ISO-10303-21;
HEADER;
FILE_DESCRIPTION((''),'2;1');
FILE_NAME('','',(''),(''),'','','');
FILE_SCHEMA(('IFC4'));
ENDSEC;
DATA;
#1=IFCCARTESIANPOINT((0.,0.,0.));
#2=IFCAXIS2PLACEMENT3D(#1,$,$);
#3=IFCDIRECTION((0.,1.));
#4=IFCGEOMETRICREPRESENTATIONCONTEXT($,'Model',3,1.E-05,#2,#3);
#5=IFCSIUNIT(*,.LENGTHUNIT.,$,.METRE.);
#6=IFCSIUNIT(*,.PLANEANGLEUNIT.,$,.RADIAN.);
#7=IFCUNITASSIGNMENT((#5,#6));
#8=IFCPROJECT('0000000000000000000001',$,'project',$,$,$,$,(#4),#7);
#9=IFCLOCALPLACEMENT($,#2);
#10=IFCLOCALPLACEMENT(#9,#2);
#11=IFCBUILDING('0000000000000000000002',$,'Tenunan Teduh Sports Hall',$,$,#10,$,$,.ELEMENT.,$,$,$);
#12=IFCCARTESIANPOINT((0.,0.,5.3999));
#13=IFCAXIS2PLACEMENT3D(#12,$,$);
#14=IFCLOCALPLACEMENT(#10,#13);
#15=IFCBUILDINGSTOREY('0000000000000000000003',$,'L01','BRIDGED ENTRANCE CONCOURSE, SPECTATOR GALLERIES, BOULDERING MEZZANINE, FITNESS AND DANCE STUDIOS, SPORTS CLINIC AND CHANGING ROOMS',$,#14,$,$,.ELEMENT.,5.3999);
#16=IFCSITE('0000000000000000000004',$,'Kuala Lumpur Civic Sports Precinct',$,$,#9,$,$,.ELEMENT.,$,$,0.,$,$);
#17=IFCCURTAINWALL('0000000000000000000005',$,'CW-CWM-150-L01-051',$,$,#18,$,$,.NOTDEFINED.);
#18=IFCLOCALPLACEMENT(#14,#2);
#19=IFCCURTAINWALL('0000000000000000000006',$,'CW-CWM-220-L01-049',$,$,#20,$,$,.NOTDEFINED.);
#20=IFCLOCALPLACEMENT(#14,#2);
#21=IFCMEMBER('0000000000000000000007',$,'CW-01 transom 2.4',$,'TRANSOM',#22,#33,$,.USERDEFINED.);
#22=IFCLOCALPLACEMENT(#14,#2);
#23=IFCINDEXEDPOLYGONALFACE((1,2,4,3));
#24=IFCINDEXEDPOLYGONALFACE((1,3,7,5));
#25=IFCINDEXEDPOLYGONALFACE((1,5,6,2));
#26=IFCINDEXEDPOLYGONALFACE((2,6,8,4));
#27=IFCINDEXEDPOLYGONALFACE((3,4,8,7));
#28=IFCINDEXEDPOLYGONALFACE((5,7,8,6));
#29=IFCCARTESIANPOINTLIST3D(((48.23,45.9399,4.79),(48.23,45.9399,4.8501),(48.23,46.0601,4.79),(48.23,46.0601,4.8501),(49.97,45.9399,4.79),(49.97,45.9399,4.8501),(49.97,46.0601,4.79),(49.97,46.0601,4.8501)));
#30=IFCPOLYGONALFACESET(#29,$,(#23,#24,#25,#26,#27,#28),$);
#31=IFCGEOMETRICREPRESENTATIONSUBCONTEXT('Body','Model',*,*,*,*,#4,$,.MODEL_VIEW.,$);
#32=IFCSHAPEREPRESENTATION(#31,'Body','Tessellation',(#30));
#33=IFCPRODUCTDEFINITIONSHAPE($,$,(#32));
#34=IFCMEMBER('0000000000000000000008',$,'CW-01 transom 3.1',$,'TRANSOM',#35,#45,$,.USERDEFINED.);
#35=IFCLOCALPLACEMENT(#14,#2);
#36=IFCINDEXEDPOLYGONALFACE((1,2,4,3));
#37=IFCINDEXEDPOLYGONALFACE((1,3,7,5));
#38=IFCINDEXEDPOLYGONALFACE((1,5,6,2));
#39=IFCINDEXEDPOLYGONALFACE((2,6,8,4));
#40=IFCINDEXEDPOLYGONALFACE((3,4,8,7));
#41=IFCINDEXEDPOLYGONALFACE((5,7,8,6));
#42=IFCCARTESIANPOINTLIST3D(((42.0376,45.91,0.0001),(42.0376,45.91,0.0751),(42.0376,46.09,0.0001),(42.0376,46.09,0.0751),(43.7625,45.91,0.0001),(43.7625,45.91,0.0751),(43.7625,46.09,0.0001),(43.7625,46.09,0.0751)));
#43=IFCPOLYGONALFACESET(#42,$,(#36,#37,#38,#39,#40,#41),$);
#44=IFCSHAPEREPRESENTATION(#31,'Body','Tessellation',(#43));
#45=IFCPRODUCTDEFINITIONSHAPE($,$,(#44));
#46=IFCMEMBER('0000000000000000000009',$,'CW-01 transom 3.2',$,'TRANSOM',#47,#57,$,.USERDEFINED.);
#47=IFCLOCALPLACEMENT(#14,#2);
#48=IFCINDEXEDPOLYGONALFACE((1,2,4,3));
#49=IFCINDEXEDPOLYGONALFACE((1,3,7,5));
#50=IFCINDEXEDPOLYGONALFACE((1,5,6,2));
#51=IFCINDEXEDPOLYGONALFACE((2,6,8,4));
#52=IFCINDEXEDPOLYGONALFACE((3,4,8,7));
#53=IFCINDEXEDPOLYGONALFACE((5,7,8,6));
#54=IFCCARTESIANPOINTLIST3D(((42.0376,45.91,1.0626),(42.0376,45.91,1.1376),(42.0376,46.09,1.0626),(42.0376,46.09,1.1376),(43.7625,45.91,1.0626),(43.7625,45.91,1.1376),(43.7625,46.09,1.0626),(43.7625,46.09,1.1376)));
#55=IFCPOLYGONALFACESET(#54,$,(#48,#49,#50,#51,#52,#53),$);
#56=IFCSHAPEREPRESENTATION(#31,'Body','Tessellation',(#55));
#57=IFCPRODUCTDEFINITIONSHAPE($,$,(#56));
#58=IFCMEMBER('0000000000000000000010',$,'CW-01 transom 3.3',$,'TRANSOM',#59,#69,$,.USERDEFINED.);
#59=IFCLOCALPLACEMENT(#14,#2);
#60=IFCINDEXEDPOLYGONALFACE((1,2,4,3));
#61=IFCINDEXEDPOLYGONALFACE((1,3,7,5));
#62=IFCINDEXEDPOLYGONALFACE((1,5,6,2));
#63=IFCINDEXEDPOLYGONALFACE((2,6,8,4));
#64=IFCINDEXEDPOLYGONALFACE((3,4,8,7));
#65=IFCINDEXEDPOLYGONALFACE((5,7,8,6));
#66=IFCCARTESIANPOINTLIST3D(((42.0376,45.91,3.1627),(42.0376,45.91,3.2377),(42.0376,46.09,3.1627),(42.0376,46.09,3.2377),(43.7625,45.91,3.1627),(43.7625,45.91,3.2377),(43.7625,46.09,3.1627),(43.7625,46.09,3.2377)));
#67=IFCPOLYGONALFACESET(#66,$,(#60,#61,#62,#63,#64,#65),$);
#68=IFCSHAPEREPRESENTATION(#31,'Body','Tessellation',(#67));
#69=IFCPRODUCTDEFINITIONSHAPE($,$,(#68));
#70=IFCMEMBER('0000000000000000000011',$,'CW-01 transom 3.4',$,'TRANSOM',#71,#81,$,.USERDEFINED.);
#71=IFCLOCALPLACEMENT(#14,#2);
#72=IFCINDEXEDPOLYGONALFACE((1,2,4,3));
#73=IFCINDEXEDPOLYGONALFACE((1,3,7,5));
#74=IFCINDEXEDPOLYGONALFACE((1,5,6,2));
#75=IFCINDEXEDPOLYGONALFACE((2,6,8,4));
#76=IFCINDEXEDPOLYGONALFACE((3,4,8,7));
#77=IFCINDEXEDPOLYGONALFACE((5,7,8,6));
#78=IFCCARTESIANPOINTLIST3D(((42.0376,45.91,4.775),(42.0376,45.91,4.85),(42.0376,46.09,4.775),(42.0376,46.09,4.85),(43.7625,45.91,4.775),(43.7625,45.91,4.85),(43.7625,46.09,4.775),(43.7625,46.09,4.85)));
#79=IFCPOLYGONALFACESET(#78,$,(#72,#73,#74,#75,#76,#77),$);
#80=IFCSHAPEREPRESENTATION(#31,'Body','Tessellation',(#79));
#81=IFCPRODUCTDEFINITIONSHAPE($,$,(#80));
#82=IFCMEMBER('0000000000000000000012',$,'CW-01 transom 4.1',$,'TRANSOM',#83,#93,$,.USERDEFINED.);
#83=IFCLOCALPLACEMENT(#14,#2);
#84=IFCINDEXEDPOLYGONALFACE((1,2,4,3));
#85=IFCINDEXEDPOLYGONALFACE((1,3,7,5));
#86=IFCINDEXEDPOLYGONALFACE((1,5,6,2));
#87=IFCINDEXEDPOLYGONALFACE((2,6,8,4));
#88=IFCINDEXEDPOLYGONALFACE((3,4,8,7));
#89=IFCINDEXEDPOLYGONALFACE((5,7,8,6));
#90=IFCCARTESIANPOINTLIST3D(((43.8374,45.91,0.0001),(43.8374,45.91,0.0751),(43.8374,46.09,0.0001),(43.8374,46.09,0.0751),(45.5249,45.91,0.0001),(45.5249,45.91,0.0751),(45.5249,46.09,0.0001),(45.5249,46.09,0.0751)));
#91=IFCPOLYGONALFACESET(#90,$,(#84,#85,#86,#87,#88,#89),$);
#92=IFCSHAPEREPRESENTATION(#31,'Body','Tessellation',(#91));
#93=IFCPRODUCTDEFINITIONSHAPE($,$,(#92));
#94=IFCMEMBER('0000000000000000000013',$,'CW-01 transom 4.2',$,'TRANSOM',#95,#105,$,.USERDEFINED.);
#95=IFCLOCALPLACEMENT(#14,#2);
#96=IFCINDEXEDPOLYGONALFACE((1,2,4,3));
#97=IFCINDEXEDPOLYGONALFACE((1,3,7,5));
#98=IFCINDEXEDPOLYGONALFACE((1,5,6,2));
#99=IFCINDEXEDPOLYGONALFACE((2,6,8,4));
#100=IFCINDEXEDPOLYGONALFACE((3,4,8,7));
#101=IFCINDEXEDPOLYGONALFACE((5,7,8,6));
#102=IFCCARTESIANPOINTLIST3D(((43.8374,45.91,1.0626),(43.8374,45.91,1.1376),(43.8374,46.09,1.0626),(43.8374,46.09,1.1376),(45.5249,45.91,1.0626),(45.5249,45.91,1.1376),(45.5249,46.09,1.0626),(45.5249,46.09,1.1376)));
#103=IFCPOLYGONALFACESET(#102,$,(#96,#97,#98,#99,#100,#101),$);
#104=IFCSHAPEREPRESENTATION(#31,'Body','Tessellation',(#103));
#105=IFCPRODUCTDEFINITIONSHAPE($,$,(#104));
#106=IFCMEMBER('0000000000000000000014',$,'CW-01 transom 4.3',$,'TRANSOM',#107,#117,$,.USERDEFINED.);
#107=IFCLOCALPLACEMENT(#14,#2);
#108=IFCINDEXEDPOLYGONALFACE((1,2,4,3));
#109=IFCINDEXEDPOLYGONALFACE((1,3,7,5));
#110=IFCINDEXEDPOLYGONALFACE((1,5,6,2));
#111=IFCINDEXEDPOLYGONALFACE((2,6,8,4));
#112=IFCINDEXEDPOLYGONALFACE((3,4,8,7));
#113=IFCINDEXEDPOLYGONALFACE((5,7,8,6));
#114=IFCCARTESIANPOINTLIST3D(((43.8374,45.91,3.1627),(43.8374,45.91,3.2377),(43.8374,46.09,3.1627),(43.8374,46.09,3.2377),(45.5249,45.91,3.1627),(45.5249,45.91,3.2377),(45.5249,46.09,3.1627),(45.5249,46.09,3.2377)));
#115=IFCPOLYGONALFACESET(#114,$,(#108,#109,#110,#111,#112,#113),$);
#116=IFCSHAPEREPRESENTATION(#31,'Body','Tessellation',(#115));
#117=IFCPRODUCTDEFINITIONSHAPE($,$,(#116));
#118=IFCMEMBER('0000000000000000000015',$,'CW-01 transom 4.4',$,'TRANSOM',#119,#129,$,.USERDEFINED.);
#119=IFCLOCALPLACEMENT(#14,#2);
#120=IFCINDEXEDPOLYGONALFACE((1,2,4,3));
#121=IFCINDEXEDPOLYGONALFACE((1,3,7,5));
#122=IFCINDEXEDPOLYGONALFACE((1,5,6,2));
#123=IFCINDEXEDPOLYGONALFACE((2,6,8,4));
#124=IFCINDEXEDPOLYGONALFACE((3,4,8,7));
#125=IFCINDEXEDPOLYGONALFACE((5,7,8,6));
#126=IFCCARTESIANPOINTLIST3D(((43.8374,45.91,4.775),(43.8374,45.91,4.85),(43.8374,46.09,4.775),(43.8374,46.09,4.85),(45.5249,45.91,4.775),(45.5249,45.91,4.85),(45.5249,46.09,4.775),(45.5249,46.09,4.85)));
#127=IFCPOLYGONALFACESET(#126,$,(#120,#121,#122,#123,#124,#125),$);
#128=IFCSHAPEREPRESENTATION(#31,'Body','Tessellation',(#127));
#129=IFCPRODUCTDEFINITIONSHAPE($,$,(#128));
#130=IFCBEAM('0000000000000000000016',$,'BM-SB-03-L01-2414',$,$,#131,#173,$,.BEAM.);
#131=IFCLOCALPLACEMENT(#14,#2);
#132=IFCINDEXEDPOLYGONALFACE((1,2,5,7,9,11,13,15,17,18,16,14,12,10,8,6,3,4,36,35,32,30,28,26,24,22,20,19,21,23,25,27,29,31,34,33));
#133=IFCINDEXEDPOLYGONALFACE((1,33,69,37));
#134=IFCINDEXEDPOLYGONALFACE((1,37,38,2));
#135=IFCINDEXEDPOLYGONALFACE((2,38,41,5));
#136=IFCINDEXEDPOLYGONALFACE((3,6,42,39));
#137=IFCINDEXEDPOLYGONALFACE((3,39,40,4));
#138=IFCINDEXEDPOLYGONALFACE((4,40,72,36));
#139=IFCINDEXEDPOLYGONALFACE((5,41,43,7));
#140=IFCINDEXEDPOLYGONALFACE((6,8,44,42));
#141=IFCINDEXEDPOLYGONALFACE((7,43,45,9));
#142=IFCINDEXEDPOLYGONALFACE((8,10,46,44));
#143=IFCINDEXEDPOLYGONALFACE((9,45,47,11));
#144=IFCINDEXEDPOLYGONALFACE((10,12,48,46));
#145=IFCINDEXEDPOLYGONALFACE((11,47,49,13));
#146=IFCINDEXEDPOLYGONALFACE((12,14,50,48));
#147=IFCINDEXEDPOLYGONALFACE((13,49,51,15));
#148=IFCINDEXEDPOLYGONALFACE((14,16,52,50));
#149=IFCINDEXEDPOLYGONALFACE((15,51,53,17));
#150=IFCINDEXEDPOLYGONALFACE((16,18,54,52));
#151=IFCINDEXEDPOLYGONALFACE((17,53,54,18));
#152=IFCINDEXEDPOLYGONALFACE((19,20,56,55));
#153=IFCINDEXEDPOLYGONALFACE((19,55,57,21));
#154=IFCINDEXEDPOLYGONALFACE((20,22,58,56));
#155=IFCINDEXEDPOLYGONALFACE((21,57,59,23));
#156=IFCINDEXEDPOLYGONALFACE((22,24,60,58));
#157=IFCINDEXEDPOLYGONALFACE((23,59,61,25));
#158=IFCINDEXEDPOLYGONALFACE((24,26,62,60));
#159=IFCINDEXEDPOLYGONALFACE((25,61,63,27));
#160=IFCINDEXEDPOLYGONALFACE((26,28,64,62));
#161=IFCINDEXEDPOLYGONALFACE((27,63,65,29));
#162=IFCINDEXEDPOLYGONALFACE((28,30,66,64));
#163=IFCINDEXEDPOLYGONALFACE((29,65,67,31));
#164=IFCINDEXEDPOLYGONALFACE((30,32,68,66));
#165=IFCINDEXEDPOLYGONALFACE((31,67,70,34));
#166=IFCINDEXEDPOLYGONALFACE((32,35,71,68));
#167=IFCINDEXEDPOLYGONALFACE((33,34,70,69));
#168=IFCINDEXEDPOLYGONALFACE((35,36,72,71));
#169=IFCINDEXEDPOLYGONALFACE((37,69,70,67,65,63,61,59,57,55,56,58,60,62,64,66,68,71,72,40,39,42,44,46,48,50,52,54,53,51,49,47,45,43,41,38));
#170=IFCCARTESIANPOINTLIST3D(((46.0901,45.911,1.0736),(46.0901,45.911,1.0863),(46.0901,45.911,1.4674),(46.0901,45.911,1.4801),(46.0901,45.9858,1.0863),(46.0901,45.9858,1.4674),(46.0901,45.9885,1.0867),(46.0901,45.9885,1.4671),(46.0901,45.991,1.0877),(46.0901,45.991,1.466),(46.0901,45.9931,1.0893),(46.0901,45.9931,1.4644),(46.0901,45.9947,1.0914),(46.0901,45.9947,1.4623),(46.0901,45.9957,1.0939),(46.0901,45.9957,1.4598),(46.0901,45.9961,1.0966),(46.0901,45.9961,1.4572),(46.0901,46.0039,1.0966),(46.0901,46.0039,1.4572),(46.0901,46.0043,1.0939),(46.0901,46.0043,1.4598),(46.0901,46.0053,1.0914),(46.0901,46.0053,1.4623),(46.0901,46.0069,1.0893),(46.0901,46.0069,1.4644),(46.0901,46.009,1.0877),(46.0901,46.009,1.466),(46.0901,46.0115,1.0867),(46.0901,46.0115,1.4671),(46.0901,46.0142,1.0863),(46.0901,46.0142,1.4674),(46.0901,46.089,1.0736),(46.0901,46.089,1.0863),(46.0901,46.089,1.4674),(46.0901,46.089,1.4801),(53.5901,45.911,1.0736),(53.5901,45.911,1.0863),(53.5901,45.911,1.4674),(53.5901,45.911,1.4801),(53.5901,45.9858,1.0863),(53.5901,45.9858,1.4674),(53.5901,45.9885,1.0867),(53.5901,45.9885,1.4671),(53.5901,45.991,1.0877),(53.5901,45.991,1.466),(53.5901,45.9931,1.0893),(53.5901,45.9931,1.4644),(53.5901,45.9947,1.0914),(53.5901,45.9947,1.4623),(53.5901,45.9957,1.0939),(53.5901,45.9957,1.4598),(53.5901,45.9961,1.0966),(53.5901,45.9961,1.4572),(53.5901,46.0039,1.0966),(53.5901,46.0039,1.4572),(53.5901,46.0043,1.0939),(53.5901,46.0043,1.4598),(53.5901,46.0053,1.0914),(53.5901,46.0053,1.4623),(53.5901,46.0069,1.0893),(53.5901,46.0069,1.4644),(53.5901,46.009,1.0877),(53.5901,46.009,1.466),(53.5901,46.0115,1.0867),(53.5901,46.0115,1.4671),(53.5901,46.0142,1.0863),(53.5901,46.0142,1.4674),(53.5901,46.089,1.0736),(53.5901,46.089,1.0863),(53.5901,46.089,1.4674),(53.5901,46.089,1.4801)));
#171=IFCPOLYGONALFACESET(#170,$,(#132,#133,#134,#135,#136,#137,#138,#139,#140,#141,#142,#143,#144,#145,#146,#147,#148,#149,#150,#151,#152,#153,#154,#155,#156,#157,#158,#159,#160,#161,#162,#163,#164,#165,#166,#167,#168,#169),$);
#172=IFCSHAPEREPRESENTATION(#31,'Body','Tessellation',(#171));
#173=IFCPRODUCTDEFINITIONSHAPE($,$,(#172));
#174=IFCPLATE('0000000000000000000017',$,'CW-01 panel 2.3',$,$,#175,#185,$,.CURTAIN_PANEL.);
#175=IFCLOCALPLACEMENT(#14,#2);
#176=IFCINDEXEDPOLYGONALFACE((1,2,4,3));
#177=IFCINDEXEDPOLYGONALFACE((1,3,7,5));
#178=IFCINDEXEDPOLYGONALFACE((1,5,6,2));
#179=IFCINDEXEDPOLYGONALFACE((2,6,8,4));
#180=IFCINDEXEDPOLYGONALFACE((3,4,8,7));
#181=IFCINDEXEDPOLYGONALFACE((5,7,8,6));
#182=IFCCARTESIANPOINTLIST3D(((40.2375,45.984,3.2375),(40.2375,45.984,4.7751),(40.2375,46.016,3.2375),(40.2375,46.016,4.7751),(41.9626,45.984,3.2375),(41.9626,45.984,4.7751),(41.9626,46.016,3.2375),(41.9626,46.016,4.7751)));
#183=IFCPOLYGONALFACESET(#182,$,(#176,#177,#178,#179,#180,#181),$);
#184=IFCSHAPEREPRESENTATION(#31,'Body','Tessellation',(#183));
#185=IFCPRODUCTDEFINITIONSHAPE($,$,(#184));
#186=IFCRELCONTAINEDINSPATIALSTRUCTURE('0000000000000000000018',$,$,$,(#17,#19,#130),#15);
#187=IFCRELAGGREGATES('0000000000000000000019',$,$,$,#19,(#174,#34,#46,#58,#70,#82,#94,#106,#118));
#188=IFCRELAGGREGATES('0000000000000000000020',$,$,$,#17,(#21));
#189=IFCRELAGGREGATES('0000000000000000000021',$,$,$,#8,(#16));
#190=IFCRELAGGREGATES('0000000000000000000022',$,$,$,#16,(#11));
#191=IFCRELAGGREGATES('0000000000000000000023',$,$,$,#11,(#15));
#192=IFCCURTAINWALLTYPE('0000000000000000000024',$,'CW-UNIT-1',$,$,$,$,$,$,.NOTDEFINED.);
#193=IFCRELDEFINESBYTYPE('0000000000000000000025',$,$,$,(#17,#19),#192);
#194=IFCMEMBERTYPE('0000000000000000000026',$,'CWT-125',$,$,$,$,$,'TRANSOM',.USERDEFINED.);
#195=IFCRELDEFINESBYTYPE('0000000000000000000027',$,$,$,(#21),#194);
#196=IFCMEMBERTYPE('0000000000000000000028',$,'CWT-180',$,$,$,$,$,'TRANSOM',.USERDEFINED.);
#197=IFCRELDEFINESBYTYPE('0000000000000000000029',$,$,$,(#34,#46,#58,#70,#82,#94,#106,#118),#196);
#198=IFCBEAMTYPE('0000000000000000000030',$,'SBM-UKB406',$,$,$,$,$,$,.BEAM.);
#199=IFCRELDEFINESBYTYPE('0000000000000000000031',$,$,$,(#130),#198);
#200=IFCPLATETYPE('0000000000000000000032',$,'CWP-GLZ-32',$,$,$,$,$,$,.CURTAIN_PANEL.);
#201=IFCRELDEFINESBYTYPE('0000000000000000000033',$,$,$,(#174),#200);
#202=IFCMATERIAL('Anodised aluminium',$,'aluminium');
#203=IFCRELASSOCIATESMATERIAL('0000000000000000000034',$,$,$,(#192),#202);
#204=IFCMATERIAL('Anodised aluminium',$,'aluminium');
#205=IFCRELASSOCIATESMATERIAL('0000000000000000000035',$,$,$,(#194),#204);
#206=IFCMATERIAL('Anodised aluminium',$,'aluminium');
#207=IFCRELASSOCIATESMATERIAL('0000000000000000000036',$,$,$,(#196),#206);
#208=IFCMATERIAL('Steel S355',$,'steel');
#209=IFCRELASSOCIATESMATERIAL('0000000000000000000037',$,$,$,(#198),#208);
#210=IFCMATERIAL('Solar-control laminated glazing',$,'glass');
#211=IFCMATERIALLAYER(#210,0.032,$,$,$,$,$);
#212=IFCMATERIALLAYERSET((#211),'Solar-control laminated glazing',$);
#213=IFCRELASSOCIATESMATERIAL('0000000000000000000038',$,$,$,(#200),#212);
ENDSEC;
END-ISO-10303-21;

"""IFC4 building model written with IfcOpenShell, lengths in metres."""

from ifc_helpers import new_model, si_unit, direction, frame, origin, origin_2d, place, context, subcontext, project, spatial, rectangle, i_section, extrude, material, layer, layer_set, material_profile, profile_set, type_object, element, aggregate, save


model = new_model("IFC4")

# Units and contexts
model_context = context("Model", 3, precision=1e-05, world=origin(), true_north=direction((0.0, 1.0)))
body_context = subcontext(model_context, "Body", "Model", "MODEL_VIEW")
ifc_project = project(units=[si_unit("LENGTHUNIT", "METRE"), si_unit("PLANEANGLEUNIT", "RADIAN")], contexts=[model_context])

# Site, building, storey
site_placement = place(None, origin())
site = spatial("IfcSite", under=ifc_project, at=site_placement, Name="Kuala Lumpur Civic Sports Precinct", CompositionType="ELEMENT", RefElevation=0.0)
building_placement = place(site_placement, origin())
building = spatial("IfcBuilding", under=site, at=building_placement, Name="Tenunan Teduh Sports Hall", CompositionType="ELEMENT")
storey_placement = place(building_placement, frame((0.0, 0.0, 5.3999)))
storey = spatial("IfcBuildingStorey", under=building, at=storey_placement, Name="L01", Description="BRIDGED ENTRANCE CONCOURSE, SPECTATOR GALLERIES, BOULDERING MEZZANINE, FITNESS AND DANCE STUDIOS, SPORTS CLINIC AND CHANGING ROOMS", CompositionType="ELEMENT", Elevation=5.3999)

# Curtain walls
ifc_material_1 = material(Name="Anodised aluminium", Category="aluminium")
curtain_wall_type = type_object("IfcCurtainWallType", Name="CW-UNIT-1", PredefinedType="NOTDEFINED", material=ifc_material_1)
curtain_wall_1_placement = place(storey_placement, origin())
curtain_wall_1 = element("IfcCurtainWall", 1, at=curtain_wall_1_placement, inside=storey, type_object=curtain_wall_type, Name="CW-CWM-150-L01-051", PredefinedType="NOTDEFINED")
curtain_wall_2_placement = place(storey_placement, origin())
curtain_wall_2 = element("IfcCurtainWall", 2, at=curtain_wall_2_placement, inside=storey, type_object=curtain_wall_type, Name="CW-CWM-220-L01-049", PredefinedType="NOTDEFINED")

# Members
ifc_material_2 = material(Name="Anodised aluminium", Category="aluminium")
ifc_material_profile_1 = material_profile(ifc_material_2, rectangle(XDim=0.0601, YDim=0.1201, at=origin_2d()), Name="CWT 60x120")
ifc_profile_set_1 = profile_set([ifc_material_profile_1], Name="Anodised aluminium")
member_type_1 = type_object("IfcMemberType", Name="CWT-125", ElementType="TRANSOM", PredefinedType="USERDEFINED", material=ifc_profile_set_1)
member_1_placement = place(storey_placement, frame((48.23, 46.0, 4.8201), z_axis=(1.0, 0.0, 0.0), x_axis=(0.0, 0.0, 1.0)))
member_1 = element("IfcMember", 3, at=member_1_placement, type_object=member_type_1, Name="CW-01 transom 2.4", ObjectType="TRANSOM", PredefinedType="USERDEFINED", context=body_context, shape_type="SweptSolid", body=[
    extrude(rectangle(XDim=0.0601, YDim=0.1201, at=origin_2d()), origin(), (0.0, 0.0, 1.0), 1.74),
])
ifc_material_3 = material(Name="Anodised aluminium", Category="aluminium")
ifc_material_profile_2 = material_profile(ifc_material_3, rectangle(XDim=0.075, YDim=0.1799, at=origin_2d()), Name="CWT 75x180")
ifc_profile_set_2 = profile_set([ifc_material_profile_2], Name="Anodised aluminium")
member_type_2 = type_object("IfcMemberType", Name="CWT-180", ElementType="TRANSOM", PredefinedType="USERDEFINED", material=ifc_profile_set_2)
member_2_placement = place(storey_placement, frame((42.0376, 46.0, 0.0376), z_axis=(1.0, 0.0, 0.0), x_axis=(0.0, 0.0, 1.0)))
member_2 = element("IfcMember", 4, at=member_2_placement, type_object=member_type_2, Name="CW-01 transom 3.1", ObjectType="TRANSOM", PredefinedType="USERDEFINED", context=body_context, shape_type="SweptSolid", body=[
    extrude(rectangle(XDim=0.075, YDim=0.1799, at=origin_2d()), origin(), (0.0, 0.0, 1.0), 1.7249),
])
member_3_placement = place(storey_placement, frame((42.0376, 46.0, 1.1001), z_axis=(1.0, 0.0, 0.0), x_axis=(0.0, 0.0, 1.0)))
member_3 = element("IfcMember", 5, at=member_3_placement, type_object=member_type_2, Name="CW-01 transom 3.2", ObjectType="TRANSOM", PredefinedType="USERDEFINED", context=body_context, shape_type="SweptSolid", body=[
    extrude(rectangle(XDim=0.075, YDim=0.1799, at=origin_2d()), origin(), (0.0, 0.0, 1.0), 1.7249),
])
member_4_placement = place(storey_placement, frame((42.0376, 46.0, 3.2002), z_axis=(1.0, 0.0, 0.0), x_axis=(0.0, 0.0, 1.0)))
member_4 = element("IfcMember", 6, at=member_4_placement, type_object=member_type_2, Name="CW-01 transom 3.3", ObjectType="TRANSOM", PredefinedType="USERDEFINED", context=body_context, shape_type="SweptSolid", body=[
    extrude(rectangle(XDim=0.075, YDim=0.1799, at=origin_2d()), origin(), (0.0, 0.0, 1.0), 1.7249),
])
member_5_placement = place(storey_placement, frame((42.0376, 46.0, 4.8125), z_axis=(1.0, 0.0, 0.0), x_axis=(0.0, 0.0, 1.0)))
member_5 = element("IfcMember", 7, at=member_5_placement, type_object=member_type_2, Name="CW-01 transom 3.4", ObjectType="TRANSOM", PredefinedType="USERDEFINED", context=body_context, shape_type="SweptSolid", body=[
    extrude(rectangle(XDim=0.075, YDim=0.1799, at=origin_2d()), origin(), (0.0, 0.0, 1.0), 1.7249),
])
member_6_placement = place(storey_placement, frame((43.8374, 46.0, 0.0376), z_axis=(1.0, 0.0, 0.0), x_axis=(0.0, 0.0, 1.0)))
member_6 = element("IfcMember", 8, at=member_6_placement, type_object=member_type_2, Name="CW-01 transom 4.1", ObjectType="TRANSOM", PredefinedType="USERDEFINED", context=body_context, shape_type="SweptSolid", body=[
    extrude(rectangle(XDim=0.075, YDim=0.1799, at=origin_2d()), origin(), (0.0, 0.0, 1.0), 1.6875),
])
member_7_placement = place(storey_placement, frame((43.8374, 46.0, 1.1001), z_axis=(1.0, 0.0, 0.0), x_axis=(0.0, 0.0, 1.0)))
member_7 = element("IfcMember", 9, at=member_7_placement, type_object=member_type_2, Name="CW-01 transom 4.2", ObjectType="TRANSOM", PredefinedType="USERDEFINED", context=body_context, shape_type="SweptSolid", body=[
    extrude(rectangle(XDim=0.075, YDim=0.1799, at=origin_2d()), origin(), (0.0, 0.0, 1.0), 1.6875),
])
member_8_placement = place(storey_placement, frame((43.8374, 46.0, 3.2002), z_axis=(1.0, 0.0, 0.0), x_axis=(0.0, 0.0, 1.0)))
member_8 = element("IfcMember", 10, at=member_8_placement, type_object=member_type_2, Name="CW-01 transom 4.3", ObjectType="TRANSOM", PredefinedType="USERDEFINED", context=body_context, shape_type="SweptSolid", body=[
    extrude(rectangle(XDim=0.075, YDim=0.1799, at=origin_2d()), origin(), (0.0, 0.0, 1.0), 1.6875),
])
member_9_placement = place(storey_placement, frame((43.8374, 46.0, 4.8125), z_axis=(1.0, 0.0, 0.0), x_axis=(0.0, 0.0, 1.0)))
member_9 = element("IfcMember", 11, at=member_9_placement, type_object=member_type_2, Name="CW-01 transom 4.4", ObjectType="TRANSOM", PredefinedType="USERDEFINED", context=body_context, shape_type="SweptSolid", body=[
    extrude(rectangle(XDim=0.075, YDim=0.1799, at=origin_2d()), origin(), (0.0, 0.0, 1.0), 1.6875),
])

# Beam
ifc_material_4 = material(Name="Steel S355", Category="steel")
ifc_material_profile_3 = material_profile(ifc_material_4, i_section(OverallWidth=0.178, OverallDepth=0.4065, WebThickness=0.0078, FlangeThickness=0.0127, FilletRadius=0.0103, at=origin_2d()), Name="UKB 406x178x60")
ifc_profile_set_3 = profile_set([ifc_material_profile_3], Name="Steel S355")
beam_type_1 = type_object("IfcBeamType", Name="SBM-UKB406", PredefinedType="BEAM", material=ifc_profile_set_3)
beam_1_placement = place(storey_placement, frame((46.0901, 46.0, 1.2769), z_axis=(1.0, 0.0, 0.0), x_axis=(0.0, 1.0, 0.0)))
element("IfcBeam", 12, at=beam_1_placement, inside=storey, type_object=beam_type_1, Name="BM-SB-03-L01-2414", PredefinedType="BEAM", context=body_context, shape_type="SweptSolid", body=[
    extrude(i_section(OverallWidth=0.178, OverallDepth=0.4065, WebThickness=0.0078, FlangeThickness=0.0127, FilletRadius=0.0103, at=origin_2d()), origin(), (0.0, 0.0, 1.0), 7.5),
])

# Plate
ifc_material_5 = material(Name="Solar-control laminated glazing", Category="glass")
ifc_layer_1 = layer(ifc_material_5, 0.032)
ifc_layer_set_1 = layer_set([ifc_layer_1], Name="Solar-control laminated glazing")
plate_type_1 = type_object("IfcPlateType", Name="CWP-GLZ-32", PredefinedType="CURTAIN_PANEL", material=ifc_layer_set_1)
plate_1_placement = place(storey_placement, frame((41.1001, 46.0, 3.2375), z_axis=(0.0, 0.0, 1.0), x_axis=(1.0, 0.0, 0.0)))
plate_1 = element("IfcPlate", 13, at=plate_1_placement, type_object=plate_type_1, Name="CW-01 panel 2.3", PredefinedType="CURTAIN_PANEL", context=body_context, shape_type="SweptSolid", body=[
    extrude(rectangle(XDim=1.7251, YDim=0.032, at=origin_2d()), origin(), (0.0, 0.0, 1.0), 1.5376),
])
aggregate(curtain_wall_2, [plate_1, member_2, member_3, member_4, member_5, member_6, member_7, member_8, member_9])
aggregate(curtain_wall_1, [member_1])

save(model, "model.ifc")
